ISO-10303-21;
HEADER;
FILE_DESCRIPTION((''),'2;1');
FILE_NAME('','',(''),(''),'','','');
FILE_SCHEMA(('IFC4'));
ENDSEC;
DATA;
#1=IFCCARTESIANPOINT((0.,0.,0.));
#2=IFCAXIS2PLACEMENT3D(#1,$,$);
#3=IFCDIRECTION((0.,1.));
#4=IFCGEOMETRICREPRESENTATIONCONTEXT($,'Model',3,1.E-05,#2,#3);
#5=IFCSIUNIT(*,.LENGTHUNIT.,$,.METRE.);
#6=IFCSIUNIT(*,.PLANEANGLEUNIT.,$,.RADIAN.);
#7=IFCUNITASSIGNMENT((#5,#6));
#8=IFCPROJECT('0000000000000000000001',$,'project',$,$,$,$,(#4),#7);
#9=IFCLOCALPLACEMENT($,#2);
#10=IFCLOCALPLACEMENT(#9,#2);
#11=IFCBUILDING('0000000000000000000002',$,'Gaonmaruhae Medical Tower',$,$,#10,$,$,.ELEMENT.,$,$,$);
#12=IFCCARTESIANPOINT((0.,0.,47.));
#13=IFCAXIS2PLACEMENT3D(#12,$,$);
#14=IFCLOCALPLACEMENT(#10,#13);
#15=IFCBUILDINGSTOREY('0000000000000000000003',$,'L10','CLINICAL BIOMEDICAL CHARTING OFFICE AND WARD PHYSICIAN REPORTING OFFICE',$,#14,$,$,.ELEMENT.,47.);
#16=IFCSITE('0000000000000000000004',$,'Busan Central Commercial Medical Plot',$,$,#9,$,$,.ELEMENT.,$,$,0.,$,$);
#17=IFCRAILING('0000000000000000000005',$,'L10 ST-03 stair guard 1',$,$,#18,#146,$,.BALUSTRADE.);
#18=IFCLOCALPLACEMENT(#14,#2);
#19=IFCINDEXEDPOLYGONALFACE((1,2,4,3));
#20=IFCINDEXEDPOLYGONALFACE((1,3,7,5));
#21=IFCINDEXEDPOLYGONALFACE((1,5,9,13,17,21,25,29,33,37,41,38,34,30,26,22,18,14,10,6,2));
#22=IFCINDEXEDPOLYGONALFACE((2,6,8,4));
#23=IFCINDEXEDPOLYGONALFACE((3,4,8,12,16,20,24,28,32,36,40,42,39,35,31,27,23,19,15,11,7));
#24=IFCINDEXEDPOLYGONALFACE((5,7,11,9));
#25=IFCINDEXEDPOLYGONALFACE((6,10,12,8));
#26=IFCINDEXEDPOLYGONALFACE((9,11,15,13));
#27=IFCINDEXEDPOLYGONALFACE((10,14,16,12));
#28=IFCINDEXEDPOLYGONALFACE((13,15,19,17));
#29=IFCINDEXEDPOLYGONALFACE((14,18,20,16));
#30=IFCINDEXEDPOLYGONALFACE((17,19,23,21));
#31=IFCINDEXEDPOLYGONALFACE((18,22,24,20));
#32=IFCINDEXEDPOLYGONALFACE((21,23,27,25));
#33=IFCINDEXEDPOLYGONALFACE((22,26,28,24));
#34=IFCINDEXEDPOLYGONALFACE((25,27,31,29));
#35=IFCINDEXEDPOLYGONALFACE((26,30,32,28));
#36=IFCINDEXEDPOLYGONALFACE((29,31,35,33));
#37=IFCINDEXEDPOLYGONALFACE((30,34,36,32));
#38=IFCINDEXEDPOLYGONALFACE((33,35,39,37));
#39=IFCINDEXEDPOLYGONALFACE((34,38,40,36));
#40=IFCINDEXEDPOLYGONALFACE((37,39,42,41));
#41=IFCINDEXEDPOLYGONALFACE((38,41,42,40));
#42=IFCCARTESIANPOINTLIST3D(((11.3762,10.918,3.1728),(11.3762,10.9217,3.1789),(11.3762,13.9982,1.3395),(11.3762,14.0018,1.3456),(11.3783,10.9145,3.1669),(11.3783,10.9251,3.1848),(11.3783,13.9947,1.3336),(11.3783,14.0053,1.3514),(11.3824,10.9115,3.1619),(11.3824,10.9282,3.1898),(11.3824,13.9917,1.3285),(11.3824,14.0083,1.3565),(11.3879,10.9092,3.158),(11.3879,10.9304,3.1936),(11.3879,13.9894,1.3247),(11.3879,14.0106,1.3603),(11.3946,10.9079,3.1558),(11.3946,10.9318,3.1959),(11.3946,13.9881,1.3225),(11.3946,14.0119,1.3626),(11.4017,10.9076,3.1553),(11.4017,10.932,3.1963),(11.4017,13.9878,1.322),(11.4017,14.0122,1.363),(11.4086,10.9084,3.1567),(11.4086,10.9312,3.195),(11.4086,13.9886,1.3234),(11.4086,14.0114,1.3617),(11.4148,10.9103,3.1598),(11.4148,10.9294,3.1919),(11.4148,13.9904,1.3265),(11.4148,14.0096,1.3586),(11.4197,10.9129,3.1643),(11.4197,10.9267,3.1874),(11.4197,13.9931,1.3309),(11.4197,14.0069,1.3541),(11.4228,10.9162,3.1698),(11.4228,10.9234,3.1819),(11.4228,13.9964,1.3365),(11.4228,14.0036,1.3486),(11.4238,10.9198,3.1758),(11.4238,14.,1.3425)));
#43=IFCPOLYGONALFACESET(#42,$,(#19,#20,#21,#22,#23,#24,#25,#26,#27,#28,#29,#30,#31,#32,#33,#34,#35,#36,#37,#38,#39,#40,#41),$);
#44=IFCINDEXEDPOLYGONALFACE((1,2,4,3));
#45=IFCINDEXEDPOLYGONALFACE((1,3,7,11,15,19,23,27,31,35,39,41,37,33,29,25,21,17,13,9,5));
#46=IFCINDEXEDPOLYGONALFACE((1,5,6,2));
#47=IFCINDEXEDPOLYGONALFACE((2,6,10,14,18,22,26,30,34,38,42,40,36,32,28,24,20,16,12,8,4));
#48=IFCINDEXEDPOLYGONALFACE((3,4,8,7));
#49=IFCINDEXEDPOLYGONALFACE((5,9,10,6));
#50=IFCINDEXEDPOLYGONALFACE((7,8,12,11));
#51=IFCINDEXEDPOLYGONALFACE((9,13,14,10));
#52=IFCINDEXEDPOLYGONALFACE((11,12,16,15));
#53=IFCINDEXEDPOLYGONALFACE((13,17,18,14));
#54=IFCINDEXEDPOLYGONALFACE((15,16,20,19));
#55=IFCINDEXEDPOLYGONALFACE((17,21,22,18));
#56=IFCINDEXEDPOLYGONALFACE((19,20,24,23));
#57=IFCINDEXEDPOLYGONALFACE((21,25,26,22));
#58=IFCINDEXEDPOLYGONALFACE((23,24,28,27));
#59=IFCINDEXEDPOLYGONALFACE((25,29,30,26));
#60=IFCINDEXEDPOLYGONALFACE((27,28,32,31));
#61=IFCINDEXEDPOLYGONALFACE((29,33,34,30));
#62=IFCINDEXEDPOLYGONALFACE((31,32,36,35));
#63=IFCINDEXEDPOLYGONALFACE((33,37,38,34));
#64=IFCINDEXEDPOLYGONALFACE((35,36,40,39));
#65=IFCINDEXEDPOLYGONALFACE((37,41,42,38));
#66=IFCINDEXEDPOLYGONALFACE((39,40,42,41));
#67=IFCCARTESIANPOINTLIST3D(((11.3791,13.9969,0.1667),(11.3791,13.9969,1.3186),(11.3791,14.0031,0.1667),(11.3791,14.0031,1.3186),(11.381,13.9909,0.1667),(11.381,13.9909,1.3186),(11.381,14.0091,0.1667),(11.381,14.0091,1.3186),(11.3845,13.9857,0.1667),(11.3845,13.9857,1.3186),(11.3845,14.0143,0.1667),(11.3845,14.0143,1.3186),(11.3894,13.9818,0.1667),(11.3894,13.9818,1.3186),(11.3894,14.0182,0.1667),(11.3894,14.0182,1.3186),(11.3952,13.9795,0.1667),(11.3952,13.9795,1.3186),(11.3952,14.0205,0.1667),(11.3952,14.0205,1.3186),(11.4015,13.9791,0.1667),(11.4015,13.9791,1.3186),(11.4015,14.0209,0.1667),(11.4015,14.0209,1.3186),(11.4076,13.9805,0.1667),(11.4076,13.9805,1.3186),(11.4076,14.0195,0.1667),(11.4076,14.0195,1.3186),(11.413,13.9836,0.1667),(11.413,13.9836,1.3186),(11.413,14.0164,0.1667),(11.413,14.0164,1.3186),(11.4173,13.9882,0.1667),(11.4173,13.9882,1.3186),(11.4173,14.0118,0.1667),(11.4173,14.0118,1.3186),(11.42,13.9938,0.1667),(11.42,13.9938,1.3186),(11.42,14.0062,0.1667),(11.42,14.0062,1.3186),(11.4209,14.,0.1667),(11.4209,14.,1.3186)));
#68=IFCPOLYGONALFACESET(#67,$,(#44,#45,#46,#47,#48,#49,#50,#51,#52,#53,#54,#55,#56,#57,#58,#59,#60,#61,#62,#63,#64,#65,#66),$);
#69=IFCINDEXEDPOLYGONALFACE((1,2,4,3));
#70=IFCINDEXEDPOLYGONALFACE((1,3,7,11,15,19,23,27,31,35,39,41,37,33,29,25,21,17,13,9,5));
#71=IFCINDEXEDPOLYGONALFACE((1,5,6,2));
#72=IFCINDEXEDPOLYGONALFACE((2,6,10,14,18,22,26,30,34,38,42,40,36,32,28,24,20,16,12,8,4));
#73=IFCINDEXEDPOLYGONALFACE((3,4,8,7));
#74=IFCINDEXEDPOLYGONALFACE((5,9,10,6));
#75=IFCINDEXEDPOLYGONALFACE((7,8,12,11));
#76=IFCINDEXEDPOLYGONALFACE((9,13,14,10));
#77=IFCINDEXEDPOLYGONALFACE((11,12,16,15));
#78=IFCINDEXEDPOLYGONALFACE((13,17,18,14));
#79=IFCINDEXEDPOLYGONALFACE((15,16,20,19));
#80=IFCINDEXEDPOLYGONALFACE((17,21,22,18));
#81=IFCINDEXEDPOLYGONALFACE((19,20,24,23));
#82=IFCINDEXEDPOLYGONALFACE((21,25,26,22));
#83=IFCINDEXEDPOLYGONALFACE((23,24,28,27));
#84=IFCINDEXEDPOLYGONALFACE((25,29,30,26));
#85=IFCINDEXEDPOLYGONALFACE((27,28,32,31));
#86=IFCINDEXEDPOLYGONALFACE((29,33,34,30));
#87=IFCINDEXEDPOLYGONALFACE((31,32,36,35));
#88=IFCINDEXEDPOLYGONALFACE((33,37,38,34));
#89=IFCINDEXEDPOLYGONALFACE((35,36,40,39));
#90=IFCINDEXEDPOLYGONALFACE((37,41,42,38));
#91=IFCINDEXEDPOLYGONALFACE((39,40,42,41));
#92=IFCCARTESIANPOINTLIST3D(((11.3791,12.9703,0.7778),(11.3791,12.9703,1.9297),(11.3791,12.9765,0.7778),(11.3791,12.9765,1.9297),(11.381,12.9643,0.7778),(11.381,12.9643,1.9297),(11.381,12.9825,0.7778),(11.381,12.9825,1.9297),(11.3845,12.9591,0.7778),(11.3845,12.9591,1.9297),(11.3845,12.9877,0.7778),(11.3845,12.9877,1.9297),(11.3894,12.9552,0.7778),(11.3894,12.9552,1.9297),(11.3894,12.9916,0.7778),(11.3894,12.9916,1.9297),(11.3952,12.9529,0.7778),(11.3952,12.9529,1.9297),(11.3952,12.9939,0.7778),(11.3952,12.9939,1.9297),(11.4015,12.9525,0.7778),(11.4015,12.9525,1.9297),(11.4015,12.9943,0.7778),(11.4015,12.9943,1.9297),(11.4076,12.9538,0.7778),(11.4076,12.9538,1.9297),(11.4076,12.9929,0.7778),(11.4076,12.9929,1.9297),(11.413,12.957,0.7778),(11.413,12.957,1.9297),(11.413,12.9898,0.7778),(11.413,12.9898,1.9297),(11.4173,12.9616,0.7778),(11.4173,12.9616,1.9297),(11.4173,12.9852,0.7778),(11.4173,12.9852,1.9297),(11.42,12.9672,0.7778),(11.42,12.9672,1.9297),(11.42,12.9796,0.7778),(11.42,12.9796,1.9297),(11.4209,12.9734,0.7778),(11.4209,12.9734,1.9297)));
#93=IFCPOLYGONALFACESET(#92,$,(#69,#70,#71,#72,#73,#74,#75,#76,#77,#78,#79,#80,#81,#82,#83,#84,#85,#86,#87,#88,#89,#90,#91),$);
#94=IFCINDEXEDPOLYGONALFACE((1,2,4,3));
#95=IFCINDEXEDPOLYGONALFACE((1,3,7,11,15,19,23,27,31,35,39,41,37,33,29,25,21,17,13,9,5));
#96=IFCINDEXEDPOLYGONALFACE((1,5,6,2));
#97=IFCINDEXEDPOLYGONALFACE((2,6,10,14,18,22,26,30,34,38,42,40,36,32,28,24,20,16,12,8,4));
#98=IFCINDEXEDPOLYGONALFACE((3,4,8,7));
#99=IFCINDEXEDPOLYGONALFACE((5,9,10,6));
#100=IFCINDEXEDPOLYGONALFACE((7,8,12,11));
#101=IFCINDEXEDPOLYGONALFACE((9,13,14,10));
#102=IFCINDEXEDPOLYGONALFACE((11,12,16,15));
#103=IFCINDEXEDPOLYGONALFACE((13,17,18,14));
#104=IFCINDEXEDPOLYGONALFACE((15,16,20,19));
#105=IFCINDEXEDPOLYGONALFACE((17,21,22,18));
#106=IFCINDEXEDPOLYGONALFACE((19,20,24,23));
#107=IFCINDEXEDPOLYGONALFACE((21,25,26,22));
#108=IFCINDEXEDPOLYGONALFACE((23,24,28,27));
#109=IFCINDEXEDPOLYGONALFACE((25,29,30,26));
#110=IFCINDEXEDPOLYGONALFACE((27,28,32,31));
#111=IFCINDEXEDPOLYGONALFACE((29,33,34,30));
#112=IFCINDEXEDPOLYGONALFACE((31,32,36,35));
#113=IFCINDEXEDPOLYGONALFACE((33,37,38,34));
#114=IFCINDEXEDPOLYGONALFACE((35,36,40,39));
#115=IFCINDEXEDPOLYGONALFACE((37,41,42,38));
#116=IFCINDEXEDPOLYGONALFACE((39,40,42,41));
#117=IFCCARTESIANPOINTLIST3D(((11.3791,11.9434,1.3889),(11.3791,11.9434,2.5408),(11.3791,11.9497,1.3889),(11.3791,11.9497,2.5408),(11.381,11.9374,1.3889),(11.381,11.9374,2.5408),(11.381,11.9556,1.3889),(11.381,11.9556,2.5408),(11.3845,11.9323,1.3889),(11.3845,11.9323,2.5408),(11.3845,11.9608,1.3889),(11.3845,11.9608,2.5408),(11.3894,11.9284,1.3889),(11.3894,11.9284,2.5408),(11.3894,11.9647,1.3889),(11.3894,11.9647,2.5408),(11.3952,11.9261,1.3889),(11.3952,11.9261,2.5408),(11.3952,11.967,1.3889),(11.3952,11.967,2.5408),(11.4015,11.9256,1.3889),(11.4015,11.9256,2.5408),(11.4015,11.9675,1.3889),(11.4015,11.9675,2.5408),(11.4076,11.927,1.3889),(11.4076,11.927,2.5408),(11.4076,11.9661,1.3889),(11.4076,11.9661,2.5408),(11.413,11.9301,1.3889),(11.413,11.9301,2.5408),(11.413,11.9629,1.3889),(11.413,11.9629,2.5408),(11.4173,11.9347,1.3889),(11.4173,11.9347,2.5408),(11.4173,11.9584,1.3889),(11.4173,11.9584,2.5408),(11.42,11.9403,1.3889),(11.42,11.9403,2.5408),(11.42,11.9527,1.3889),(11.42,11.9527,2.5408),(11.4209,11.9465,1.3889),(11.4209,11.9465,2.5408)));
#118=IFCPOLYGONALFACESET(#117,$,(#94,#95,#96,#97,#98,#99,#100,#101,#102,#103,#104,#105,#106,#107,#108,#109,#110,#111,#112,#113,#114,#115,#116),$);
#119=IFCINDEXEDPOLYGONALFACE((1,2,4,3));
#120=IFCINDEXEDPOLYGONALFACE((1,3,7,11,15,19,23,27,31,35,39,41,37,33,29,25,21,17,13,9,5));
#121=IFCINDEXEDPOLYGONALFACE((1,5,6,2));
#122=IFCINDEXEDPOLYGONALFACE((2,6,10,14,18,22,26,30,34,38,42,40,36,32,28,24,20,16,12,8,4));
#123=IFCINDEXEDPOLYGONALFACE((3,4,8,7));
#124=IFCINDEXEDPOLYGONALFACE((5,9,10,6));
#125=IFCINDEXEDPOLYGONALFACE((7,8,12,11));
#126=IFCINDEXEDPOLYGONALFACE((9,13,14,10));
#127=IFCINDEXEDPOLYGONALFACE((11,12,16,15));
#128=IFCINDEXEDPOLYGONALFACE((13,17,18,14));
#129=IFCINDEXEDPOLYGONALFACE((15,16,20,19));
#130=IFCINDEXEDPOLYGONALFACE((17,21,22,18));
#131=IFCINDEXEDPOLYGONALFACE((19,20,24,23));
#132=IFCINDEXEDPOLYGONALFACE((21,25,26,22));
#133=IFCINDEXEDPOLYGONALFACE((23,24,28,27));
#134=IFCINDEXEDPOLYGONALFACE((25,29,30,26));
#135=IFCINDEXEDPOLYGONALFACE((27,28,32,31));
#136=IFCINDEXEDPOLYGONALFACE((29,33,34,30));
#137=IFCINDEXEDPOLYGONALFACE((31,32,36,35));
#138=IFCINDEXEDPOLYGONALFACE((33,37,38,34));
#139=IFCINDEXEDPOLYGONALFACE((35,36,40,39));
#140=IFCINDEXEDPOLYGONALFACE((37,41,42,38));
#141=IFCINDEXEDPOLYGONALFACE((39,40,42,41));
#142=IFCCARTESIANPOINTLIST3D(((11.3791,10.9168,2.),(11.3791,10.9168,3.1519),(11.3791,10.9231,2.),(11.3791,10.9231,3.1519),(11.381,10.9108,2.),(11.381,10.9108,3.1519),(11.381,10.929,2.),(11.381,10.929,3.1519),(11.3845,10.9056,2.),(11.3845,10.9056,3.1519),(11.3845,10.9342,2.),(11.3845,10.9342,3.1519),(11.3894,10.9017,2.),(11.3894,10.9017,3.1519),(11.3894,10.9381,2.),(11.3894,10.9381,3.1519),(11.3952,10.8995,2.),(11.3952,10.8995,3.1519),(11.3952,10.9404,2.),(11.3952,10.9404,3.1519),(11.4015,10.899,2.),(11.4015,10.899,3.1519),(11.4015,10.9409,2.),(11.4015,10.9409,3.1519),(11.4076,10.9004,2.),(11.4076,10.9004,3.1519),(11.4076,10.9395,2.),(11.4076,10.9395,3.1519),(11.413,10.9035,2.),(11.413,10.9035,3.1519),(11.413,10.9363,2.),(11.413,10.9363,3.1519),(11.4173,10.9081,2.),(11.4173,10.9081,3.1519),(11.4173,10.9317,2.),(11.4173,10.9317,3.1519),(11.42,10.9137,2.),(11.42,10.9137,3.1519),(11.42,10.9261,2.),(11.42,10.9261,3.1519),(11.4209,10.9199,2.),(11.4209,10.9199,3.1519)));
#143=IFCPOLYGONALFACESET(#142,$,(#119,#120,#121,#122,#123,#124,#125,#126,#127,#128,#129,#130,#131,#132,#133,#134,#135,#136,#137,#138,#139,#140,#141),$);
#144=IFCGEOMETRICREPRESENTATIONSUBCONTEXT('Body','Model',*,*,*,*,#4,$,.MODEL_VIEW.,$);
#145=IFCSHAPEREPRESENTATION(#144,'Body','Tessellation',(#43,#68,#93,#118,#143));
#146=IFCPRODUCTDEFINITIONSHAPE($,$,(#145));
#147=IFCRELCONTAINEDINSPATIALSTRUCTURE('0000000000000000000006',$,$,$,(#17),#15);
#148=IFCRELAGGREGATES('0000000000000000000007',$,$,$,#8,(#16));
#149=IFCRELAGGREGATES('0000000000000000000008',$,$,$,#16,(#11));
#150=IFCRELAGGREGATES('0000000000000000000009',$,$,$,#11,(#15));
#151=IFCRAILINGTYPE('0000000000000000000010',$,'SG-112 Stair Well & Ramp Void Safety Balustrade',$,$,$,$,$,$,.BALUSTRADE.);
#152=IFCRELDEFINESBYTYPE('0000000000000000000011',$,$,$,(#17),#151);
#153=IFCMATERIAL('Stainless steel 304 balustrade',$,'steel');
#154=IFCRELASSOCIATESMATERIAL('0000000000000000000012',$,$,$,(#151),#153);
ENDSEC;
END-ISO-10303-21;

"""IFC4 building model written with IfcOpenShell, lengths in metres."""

from ifc_helpers import new_model, si_unit, direction, frame, origin, origin_2d, place, context, subcontext, project, spatial, circle, extrude, material, type_object, element, save


model = new_model("IFC4")

# Units and contexts
model_context = context("Model", 3, precision=1e-05, world=origin(), true_north=direction((0.0, 1.0)))
body_context = subcontext(model_context, "Body", "Model", "MODEL_VIEW")
ifc_project = project(units=[si_unit("LENGTHUNIT", "METRE"), si_unit("PLANEANGLEUNIT", "RADIAN")], contexts=[model_context])

# Site, building, storey
site_placement = place(None, origin())
site = spatial("IfcSite", under=ifc_project, at=site_placement, Name="Busan Central Commercial Medical Plot", CompositionType="ELEMENT", RefElevation=0.0)
building_placement = place(site_placement, origin())
building = spatial("IfcBuilding", under=site, at=building_placement, Name="Gaonmaruhae Medical Tower", CompositionType="ELEMENT")
storey_placement = place(building_placement, frame((0.0, 0.0, 47.0)))
storey = spatial("IfcBuildingStorey", under=building, at=storey_placement, Name="L10", Description="CLINICAL BIOMEDICAL CHARTING OFFICE AND WARD PHYSICIAN REPORTING OFFICE", CompositionType="ELEMENT", Elevation=47.0)

# Railing
ifc_material_1 = material(Name="Stainless steel 304 balustrade", Category="steel")
railing_type_1 = type_object("IfcRailingType", Name="SG-112 Stair Well & Ramp Void Safety Balustrade", PredefinedType="BALUSTRADE", material=ifc_material_1)
railing_1_placement = place(storey_placement, frame((11.3999, 14.0, 0.1667)))
element("IfcRailing", 1, at=railing_1_placement, inside=storey, type_object=railing_type_1, Name="L10 ST-03 stair guard 1", PredefinedType="BALUSTRADE", context=body_context, shape_type="SweptSolid", body=[
    extrude(circle(Radius=0.0239, at=origin_2d()), frame((0.0, 0.0, 1.1758), z_axis=(0.0, -0.859309, 0.511458), x_axis=(1.0, 0.0, 0.0)), (0.0, 0.0, 1.0), 3.5845),
    extrude(circle(Radius=0.021, at=origin_2d()), origin(), (0.0, 0.0, 1.0), 1.1519),
    extrude(circle(Radius=0.021, at=origin_2d()), frame((0.0, -1.0266, 0.6111)), (0.0, 0.0, 1.0), 1.1519),
    extrude(circle(Radius=0.021, at=origin_2d()), frame((0.0, -2.0535, 1.2222)), (0.0, 0.0, 1.0), 1.1519),
    extrude(circle(Radius=0.021, at=origin_2d()), frame((0.0, -3.0801, 1.8333)), (0.0, 0.0, 1.0), 1.1519),
])

save(model, "model.ifc")
